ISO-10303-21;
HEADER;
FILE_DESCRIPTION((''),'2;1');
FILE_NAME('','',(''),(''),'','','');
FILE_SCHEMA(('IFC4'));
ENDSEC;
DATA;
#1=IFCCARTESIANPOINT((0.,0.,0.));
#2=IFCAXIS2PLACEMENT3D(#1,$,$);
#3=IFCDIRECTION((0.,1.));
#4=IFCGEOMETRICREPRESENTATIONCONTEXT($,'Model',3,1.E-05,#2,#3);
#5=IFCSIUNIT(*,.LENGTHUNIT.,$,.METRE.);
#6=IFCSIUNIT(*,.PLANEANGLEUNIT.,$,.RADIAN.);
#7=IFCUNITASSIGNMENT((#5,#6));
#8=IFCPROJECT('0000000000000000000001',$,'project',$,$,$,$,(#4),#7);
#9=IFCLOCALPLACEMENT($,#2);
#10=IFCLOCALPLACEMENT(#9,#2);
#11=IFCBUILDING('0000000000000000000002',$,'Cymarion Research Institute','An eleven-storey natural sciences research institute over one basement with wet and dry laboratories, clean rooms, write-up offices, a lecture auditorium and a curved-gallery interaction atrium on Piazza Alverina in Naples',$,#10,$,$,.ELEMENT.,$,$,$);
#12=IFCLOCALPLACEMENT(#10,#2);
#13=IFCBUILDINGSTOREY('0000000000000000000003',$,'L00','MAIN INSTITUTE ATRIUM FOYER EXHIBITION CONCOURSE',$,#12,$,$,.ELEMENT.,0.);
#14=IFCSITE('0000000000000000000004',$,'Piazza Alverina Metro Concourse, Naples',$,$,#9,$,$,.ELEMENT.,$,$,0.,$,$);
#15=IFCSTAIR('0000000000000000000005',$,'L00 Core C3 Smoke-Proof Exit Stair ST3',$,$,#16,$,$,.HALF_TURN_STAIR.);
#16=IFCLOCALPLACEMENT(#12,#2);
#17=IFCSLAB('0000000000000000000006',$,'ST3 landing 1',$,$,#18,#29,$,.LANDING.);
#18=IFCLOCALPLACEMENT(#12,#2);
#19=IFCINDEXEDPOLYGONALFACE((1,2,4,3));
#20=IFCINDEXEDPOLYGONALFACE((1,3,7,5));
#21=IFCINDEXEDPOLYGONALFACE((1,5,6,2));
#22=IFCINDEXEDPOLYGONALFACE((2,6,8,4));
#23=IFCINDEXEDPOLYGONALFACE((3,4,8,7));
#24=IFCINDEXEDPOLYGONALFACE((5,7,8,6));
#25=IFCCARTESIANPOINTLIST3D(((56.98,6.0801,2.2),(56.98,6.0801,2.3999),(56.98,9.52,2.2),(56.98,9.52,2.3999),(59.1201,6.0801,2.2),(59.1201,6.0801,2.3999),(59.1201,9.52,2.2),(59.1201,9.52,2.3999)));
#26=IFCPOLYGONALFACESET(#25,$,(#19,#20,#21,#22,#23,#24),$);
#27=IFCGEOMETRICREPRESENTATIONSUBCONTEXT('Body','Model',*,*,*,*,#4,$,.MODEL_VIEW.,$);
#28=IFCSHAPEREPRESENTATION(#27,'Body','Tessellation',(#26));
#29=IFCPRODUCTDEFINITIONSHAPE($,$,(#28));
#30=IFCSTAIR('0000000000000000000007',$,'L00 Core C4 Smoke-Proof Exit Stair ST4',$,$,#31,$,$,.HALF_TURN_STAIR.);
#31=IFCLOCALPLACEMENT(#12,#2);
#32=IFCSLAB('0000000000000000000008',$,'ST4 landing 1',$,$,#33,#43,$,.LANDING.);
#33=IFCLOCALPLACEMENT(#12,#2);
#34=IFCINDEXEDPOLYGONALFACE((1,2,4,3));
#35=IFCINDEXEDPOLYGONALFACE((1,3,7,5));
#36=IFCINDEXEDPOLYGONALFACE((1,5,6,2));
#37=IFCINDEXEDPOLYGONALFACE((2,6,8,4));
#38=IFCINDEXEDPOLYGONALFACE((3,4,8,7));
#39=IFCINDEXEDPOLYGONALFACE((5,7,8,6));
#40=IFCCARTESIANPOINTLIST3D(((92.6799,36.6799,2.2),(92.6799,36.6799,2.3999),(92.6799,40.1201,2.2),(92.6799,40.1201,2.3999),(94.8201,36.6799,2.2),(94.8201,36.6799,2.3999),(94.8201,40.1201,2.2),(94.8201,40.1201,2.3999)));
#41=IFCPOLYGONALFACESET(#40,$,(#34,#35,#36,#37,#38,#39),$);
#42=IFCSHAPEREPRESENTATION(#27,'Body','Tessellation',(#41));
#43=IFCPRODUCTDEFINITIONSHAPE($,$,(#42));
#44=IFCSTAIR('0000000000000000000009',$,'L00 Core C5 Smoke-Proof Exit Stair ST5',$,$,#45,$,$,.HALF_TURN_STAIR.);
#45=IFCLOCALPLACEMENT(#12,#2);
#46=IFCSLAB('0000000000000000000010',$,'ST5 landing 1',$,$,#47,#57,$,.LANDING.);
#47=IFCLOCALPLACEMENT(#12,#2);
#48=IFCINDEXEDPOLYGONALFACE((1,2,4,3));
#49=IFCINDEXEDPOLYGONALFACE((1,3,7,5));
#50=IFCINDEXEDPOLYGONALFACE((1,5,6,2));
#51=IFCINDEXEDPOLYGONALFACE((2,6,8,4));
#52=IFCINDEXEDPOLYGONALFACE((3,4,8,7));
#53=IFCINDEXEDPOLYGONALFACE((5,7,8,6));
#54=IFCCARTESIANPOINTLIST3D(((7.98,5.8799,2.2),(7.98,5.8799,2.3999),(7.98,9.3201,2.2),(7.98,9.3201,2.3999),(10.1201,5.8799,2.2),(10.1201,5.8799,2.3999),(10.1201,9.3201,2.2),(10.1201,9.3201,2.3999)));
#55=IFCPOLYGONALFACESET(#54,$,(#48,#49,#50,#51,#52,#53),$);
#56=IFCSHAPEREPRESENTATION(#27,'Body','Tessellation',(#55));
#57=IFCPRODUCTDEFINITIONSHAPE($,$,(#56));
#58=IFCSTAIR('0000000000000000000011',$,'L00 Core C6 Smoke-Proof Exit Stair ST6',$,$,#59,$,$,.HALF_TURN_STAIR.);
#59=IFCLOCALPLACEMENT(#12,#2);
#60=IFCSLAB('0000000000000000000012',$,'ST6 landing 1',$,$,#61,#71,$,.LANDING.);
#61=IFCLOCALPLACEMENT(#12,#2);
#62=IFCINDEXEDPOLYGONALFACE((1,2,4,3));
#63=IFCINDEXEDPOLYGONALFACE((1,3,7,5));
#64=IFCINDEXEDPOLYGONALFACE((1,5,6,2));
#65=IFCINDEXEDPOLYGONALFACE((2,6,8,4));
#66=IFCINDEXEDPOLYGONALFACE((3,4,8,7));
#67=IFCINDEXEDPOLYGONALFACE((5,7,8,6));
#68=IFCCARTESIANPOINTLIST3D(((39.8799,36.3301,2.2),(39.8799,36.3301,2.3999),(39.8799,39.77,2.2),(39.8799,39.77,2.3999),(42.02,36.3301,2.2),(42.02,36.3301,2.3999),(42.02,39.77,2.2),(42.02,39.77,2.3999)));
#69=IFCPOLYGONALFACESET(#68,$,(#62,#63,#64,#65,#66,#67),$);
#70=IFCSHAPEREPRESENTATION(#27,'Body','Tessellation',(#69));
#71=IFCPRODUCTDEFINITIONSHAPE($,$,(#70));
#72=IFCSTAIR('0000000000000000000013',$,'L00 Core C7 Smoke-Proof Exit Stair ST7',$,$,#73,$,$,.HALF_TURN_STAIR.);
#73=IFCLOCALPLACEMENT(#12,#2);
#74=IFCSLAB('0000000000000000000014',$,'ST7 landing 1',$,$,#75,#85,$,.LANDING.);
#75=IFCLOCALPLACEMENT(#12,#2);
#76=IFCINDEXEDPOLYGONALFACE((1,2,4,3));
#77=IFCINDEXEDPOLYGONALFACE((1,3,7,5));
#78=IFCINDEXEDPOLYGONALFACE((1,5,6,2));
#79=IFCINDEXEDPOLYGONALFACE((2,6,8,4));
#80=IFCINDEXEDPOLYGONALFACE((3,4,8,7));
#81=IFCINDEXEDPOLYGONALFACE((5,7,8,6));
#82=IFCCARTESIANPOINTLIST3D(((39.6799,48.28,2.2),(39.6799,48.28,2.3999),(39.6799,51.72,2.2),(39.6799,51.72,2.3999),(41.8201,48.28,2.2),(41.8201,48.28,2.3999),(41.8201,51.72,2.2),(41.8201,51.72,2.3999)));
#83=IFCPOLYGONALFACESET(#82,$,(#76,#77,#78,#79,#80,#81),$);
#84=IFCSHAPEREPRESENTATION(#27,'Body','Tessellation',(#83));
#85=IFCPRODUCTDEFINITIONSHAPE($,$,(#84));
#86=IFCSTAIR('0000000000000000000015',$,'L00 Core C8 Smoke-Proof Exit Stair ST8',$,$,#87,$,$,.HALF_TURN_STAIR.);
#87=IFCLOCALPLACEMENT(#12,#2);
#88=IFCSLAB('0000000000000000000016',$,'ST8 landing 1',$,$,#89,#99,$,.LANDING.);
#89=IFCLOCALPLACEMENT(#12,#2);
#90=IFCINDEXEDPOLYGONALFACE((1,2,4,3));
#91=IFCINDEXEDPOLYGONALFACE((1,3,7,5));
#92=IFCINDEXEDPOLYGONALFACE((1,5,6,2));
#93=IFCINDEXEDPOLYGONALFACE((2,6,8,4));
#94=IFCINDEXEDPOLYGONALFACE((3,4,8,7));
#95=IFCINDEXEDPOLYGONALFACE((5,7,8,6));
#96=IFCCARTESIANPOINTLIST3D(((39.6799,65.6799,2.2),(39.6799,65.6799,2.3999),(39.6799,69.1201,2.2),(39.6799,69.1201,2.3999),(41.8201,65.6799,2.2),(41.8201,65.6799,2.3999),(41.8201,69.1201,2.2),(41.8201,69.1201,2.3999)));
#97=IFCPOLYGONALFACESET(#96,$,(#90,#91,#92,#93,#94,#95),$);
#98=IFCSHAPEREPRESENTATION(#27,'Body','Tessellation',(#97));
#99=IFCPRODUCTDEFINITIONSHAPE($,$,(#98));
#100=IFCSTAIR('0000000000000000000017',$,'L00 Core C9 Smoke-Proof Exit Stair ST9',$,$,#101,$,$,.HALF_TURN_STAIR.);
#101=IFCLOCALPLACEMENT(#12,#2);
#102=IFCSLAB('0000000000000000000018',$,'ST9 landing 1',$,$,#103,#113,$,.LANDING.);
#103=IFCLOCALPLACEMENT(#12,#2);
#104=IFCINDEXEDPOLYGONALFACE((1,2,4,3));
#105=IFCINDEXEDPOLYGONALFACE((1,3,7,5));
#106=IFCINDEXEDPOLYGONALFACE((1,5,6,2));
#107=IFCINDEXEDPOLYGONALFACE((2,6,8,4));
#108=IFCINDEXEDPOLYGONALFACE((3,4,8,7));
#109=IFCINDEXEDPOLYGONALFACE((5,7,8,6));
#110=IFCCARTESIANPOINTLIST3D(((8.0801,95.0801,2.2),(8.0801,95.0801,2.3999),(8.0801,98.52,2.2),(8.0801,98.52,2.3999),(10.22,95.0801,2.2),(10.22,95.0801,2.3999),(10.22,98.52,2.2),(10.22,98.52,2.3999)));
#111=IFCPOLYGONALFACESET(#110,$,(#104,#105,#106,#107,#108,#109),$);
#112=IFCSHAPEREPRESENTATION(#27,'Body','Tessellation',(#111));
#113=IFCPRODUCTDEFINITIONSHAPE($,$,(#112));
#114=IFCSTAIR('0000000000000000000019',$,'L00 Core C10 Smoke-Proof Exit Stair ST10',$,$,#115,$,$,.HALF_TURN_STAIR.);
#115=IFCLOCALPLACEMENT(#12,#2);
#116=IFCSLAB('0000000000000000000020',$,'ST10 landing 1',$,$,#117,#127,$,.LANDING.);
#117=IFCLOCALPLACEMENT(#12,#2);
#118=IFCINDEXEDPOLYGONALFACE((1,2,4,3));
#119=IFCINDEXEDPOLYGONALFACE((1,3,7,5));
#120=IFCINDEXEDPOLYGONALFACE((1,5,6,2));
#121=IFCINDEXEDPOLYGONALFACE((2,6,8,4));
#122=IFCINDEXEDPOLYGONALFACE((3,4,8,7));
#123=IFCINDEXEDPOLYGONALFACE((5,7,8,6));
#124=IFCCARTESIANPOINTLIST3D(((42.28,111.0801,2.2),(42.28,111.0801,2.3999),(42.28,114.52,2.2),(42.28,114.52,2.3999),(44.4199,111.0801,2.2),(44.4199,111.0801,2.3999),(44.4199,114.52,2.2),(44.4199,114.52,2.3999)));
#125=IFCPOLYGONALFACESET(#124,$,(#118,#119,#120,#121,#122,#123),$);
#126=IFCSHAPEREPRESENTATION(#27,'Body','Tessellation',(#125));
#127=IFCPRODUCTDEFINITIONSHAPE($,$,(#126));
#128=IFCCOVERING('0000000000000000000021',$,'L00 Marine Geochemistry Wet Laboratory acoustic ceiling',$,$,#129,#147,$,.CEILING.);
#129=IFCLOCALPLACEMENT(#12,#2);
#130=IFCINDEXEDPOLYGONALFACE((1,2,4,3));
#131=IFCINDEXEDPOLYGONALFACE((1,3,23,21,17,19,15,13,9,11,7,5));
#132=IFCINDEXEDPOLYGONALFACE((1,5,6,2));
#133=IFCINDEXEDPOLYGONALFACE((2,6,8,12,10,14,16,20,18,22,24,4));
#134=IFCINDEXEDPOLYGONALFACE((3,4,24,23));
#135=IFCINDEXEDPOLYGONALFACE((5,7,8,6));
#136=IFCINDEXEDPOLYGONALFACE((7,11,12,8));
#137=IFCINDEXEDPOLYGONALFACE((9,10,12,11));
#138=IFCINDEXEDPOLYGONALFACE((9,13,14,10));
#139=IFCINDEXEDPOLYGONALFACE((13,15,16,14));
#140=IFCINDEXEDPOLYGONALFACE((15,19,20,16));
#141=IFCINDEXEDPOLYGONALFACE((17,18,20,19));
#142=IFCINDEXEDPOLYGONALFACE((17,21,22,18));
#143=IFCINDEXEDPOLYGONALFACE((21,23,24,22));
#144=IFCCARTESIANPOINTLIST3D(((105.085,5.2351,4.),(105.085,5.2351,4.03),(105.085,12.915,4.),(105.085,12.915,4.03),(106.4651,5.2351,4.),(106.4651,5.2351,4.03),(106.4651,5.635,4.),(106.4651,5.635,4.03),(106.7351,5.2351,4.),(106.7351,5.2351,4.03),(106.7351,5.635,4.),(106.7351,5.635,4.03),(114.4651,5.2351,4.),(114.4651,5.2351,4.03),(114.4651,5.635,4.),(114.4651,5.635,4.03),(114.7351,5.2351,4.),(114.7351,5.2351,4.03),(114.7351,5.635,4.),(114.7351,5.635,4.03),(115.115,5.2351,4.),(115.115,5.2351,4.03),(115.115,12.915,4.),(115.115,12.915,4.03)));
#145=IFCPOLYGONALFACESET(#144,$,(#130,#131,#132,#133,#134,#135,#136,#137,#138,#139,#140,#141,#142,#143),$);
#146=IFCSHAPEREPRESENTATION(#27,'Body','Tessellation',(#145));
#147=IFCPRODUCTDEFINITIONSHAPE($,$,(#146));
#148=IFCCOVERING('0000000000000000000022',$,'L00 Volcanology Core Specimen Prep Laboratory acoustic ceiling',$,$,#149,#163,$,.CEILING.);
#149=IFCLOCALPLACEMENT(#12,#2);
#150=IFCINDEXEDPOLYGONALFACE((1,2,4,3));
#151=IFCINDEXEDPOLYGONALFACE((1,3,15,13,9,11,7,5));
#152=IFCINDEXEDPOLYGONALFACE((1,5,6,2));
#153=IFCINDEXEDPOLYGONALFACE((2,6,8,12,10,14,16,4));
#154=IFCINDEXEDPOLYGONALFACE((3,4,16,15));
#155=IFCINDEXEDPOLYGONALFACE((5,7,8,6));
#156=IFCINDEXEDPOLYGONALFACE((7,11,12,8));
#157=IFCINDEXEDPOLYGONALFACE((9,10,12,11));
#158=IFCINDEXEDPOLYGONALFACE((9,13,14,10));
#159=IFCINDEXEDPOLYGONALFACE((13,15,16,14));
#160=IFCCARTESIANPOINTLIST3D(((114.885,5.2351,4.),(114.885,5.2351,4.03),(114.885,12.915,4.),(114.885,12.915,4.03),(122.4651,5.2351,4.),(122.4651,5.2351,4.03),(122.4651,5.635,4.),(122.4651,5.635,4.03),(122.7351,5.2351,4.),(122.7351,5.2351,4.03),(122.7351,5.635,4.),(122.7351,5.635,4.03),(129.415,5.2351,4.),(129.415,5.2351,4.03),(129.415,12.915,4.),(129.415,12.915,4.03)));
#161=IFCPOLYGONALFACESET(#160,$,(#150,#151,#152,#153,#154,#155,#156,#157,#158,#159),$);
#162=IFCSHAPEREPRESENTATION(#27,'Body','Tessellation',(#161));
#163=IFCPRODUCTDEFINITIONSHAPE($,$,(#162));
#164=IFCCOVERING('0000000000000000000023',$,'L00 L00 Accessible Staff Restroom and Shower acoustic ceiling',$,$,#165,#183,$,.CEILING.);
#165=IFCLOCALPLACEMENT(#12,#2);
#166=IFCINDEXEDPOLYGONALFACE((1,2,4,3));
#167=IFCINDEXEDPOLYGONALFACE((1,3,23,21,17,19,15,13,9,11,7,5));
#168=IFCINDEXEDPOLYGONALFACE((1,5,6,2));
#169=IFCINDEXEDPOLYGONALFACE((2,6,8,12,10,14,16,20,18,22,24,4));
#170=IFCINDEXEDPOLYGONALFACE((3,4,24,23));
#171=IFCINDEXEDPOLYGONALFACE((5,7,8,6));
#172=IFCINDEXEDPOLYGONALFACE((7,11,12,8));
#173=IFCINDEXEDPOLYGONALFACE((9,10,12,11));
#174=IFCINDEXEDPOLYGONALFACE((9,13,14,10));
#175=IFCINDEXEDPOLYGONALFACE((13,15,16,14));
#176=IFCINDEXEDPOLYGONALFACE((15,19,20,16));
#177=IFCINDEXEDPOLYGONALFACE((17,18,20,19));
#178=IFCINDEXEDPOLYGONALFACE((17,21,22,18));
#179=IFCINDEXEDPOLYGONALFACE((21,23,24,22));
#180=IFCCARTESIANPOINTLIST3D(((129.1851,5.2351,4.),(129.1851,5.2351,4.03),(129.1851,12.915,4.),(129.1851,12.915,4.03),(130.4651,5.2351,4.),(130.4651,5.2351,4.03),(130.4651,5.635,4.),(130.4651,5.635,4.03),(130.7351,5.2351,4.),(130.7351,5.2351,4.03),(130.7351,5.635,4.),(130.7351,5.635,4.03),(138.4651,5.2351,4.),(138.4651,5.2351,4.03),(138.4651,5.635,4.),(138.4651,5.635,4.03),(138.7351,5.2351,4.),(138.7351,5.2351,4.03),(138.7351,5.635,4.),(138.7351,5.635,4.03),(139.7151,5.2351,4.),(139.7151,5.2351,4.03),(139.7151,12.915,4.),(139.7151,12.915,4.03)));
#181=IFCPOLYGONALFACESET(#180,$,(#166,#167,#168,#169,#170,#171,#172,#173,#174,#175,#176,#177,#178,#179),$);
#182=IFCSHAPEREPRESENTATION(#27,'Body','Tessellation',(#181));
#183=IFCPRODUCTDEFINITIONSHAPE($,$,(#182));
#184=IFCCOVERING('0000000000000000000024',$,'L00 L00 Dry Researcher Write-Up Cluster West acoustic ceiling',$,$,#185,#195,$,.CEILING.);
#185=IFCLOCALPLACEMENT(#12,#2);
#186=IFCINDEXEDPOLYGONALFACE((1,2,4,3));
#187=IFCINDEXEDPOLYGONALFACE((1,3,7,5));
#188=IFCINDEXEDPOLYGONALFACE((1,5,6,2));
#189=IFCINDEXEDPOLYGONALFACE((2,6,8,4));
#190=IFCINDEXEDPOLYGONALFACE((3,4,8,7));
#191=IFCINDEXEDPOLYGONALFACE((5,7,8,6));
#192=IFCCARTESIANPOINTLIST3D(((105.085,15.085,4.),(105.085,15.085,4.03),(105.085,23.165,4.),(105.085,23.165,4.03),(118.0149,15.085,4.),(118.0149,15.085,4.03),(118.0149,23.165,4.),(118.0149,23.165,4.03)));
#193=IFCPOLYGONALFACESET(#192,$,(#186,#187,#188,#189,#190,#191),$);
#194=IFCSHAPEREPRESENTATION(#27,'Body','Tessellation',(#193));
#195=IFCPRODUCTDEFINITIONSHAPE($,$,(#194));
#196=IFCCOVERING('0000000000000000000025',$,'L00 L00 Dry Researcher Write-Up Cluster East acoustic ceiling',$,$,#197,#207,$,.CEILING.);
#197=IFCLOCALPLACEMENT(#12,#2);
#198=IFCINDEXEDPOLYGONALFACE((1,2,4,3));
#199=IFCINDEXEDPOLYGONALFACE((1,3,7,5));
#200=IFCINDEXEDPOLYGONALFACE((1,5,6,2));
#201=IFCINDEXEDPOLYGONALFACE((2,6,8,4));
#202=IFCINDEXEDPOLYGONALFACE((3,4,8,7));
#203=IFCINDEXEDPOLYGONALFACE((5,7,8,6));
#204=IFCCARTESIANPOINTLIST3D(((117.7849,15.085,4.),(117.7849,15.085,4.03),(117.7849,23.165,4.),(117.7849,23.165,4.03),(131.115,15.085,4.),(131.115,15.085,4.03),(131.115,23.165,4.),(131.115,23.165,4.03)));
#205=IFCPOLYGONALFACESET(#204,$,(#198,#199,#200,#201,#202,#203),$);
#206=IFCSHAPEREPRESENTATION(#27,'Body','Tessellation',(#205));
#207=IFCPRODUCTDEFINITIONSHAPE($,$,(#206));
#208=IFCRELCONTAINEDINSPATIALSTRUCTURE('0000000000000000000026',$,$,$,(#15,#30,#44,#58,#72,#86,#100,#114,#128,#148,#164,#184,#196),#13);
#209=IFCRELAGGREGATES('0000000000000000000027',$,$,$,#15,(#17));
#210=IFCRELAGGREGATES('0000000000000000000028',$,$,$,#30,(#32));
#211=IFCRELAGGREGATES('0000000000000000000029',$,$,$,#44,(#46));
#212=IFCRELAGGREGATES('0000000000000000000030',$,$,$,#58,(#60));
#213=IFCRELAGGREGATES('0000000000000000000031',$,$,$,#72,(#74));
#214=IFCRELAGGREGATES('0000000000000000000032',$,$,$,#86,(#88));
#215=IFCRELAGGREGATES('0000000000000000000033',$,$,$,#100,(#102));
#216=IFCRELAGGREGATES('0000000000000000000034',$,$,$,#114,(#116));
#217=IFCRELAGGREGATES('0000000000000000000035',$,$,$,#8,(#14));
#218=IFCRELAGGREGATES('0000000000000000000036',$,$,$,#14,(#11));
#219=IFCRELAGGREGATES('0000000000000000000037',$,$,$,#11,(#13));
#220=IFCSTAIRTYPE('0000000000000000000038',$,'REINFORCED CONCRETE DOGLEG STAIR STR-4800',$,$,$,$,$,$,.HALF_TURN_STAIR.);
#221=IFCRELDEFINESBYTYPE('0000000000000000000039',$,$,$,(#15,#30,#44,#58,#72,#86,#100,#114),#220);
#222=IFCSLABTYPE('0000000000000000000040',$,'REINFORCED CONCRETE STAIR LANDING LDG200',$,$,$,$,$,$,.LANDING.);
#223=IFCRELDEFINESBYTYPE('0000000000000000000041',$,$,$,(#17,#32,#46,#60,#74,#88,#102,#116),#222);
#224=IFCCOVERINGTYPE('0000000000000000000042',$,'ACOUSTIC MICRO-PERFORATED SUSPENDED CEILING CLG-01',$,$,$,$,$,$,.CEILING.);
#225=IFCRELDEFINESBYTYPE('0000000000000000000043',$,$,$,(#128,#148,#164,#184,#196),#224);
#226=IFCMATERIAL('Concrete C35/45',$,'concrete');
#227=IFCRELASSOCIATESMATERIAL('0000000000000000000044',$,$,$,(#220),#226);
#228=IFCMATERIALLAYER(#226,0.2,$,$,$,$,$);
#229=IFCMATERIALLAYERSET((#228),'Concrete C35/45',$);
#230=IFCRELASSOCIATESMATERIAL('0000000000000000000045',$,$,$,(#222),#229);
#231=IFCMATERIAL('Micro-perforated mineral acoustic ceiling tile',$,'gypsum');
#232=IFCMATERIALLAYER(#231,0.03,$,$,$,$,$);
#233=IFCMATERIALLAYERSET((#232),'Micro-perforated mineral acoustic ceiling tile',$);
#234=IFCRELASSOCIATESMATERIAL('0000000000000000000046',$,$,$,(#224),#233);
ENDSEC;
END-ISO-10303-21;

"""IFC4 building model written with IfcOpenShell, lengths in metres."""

from ifc_helpers import new_model, si_unit, direction, frame, origin, place, context, subcontext, project, spatial, polyline, outline, extrude, material, layer, layer_set, type_object, element, aggregate, save


model = new_model("IFC4")

# Units and contexts
model_context = context("Model", 3, precision=1e-05, world=origin(), true_north=direction((0.0, 1.0)))
body_context = subcontext(model_context, "Body", "Model", "MODEL_VIEW")
ifc_project = project(units=[si_unit("LENGTHUNIT", "METRE"), si_unit("PLANEANGLEUNIT", "RADIAN")], contexts=[model_context])

# Site, building, storey
site_placement = place(None, origin())
site = spatial("IfcSite", under=ifc_project, at=site_placement, Name="Piazza Alverina Metro Concourse, Naples", CompositionType="ELEMENT", RefElevation=0.0)
building_placement = place(site_placement, origin())
building = spatial("IfcBuilding", under=site, at=building_placement, Name="Cymarion Research Institute", Description="An eleven-storey natural sciences research institute over one basement with wet and dry laboratories, clean rooms, write-up offices, a lecture auditorium and a curved-gallery interaction atrium on Piazza Alverina in Naples", CompositionType="ELEMENT")
storey_placement = place(building_placement, origin())
storey = spatial("IfcBuildingStorey", under=building, at=storey_placement, Name="L00", Description="MAIN INSTITUTE ATRIUM FOYER EXHIBITION CONCOURSE", CompositionType="ELEMENT", Elevation=0.0)

# Stairs, slabs
ifc_material_1 = material(Name="Concrete C35/45", Category="concrete")
stair_type = type_object("IfcStairType", Name="REINFORCED CONCRETE DOGLEG STAIR STR-4800", PredefinedType="HALF_TURN_STAIR", material=ifc_material_1)
stair_1_placement = place(storey_placement, origin())
stair_1 = element("IfcStair", 1, at=stair_1_placement, inside=storey, type_object=stair_type, Name="L00 Core C3 Smoke-Proof Exit Stair ST3", PredefinedType="HALF_TURN_STAIR")
ifc_layer_1 = layer(ifc_material_1, 0.2)
ifc_layer_set_1 = layer_set([ifc_layer_1], Name="Concrete C35/45")
slab_type = type_object("IfcSlabType", Name="REINFORCED CONCRETE STAIR LANDING LDG200", PredefinedType="LANDING", material=ifc_layer_set_1)
slab_1_placement = place(storey_placement, frame((0.0, 0.0, 2.2)))
slab_1 = element("IfcSlab", 2, at=slab_1_placement, type_object=slab_type, Name="ST3 landing 1", PredefinedType="LANDING", context=body_context, shape_type="SweptSolid", body=[
    extrude(outline(polyline([(59.1201, 9.52), (59.1201, 6.0801), (56.98, 6.0801), (56.98, 9.52), (59.1201, 9.52)])), origin(), (0.0, 0.0, 1.0), 0.2),
])
aggregate(stair_1, [slab_1])
stair_2_placement = place(storey_placement, origin())
stair_2 = element("IfcStair", 3, at=stair_2_placement, inside=storey, type_object=stair_type, Name="L00 Core C4 Smoke-Proof Exit Stair ST4", PredefinedType="HALF_TURN_STAIR")
slab_2_placement = place(storey_placement, frame((0.0, 0.0, 2.2)))
slab_2 = element("IfcSlab", 4, at=slab_2_placement, type_object=slab_type, Name="ST4 landing 1", PredefinedType="LANDING", context=body_context, shape_type="SweptSolid", body=[
    extrude(outline(polyline([(92.6799, 36.6799), (92.6799, 40.1201), (94.8201, 40.1201), (94.8201, 36.6799), (92.6799, 36.6799)])), origin(), (0.0, 0.0, 1.0), 0.2),
])
aggregate(stair_2, [slab_2])
stair_3_placement = place(storey_placement, origin())
stair_3 = element("IfcStair", 5, at=stair_3_placement, inside=storey, type_object=stair_type, Name="L00 Core C5 Smoke-Proof Exit Stair ST5", PredefinedType="HALF_TURN_STAIR")
slab_3_placement = place(storey_placement, frame((0.0, 0.0, 2.2)))
slab_3 = element("IfcSlab", 6, at=slab_3_placement, type_object=slab_type, Name="ST5 landing 1", PredefinedType="LANDING", context=body_context, shape_type="SweptSolid", body=[
    extrude(outline(polyline([(10.1201, 9.3201), (10.1201, 5.8799), (7.98, 5.8799), (7.98, 9.3201), (10.1201, 9.3201)])), origin(), (0.0, 0.0, 1.0), 0.2),
])
aggregate(stair_3, [slab_3])
stair_4_placement = place(storey_placement, origin())
stair_4 = element("IfcStair", 7, at=stair_4_placement, inside=storey, type_object=stair_type, Name="L00 Core C6 Smoke-Proof Exit Stair ST6", PredefinedType="HALF_TURN_STAIR")
slab_4_placement = place(storey_placement, frame((0.0, 0.0, 2.2)))
slab_4 = element("IfcSlab", 8, at=slab_4_placement, type_object=slab_type, Name="ST6 landing 1", PredefinedType="LANDING", context=body_context, shape_type="SweptSolid", body=[
    extrude(outline(polyline([(39.8799, 36.3301), (39.8799, 39.77), (42.02, 39.77), (42.02, 36.3301), (39.8799, 36.3301)])), origin(), (0.0, 0.0, 1.0), 0.2),
])
aggregate(stair_4, [slab_4])
stair_5_placement = place(storey_placement, origin())
stair_5 = element("IfcStair", 9, at=stair_5_placement, inside=storey, type_object=stair_type, Name="L00 Core C7 Smoke-Proof Exit Stair ST7", PredefinedType="HALF_TURN_STAIR")
slab_5_placement = place(storey_placement, frame((0.0, 0.0, 2.2)))
slab_5 = element("IfcSlab", 10, at=slab_5_placement, type_object=slab_type, Name="ST7 landing 1", PredefinedType="LANDING", context=body_context, shape_type="SweptSolid", body=[
    extrude(outline(polyline([(39.6799, 48.28), (39.6799, 51.72), (41.8201, 51.72), (41.8201, 48.28), (39.6799, 48.28)])), origin(), (0.0, 0.0, 1.0), 0.2),
])
aggregate(stair_5, [slab_5])
stair_6_placement = place(storey_placement, origin())
stair_6 = element("IfcStair", 11, at=stair_6_placement, inside=storey, type_object=stair_type, Name="L00 Core C8 Smoke-Proof Exit Stair ST8", PredefinedType="HALF_TURN_STAIR")
slab_6_placement = place(storey_placement, frame((0.0, 0.0, 2.2)))
slab_6 = element("IfcSlab", 12, at=slab_6_placement, type_object=slab_type, Name="ST8 landing 1", PredefinedType="LANDING", context=body_context, shape_type="SweptSolid", body=[
    extrude(outline(polyline([(39.6799, 65.6799), (39.6799, 69.1201), (41.8201, 69.1201), (41.8201, 65.6799), (39.6799, 65.6799)])), origin(), (0.0, 0.0, 1.0), 0.2),
])
aggregate(stair_6, [slab_6])
stair_7_placement = place(storey_placement, origin())
stair_7 = element("IfcStair", 13, at=stair_7_placement, inside=storey, type_object=stair_type, Name="L00 Core C9 Smoke-Proof Exit Stair ST9", PredefinedType="HALF_TURN_STAIR")
slab_7_placement = place(storey_placement, frame((0.0, 0.0, 2.2)))
slab_7 = element("IfcSlab", 14, at=slab_7_placement, type_object=slab_type, Name="ST9 landing 1", PredefinedType="LANDING", context=body_context, shape_type="SweptSolid", body=[
    extrude(outline(polyline([(10.22, 98.52), (10.22, 95.0801), (8.0801, 95.0801), (8.0801, 98.52), (10.22, 98.52)])), origin(), (0.0, 0.0, 1.0), 0.2),
])
aggregate(stair_7, [slab_7])
stair_8_placement = place(storey_placement, origin())
stair_8 = element("IfcStair", 15, at=stair_8_placement, inside=storey, type_object=stair_type, Name="L00 Core C10 Smoke-Proof Exit Stair ST10", PredefinedType="HALF_TURN_STAIR")
slab_8_placement = place(storey_placement, frame((0.0, 0.0, 2.2)))
slab_8 = element("IfcSlab", 16, at=slab_8_placement, type_object=slab_type, Name="ST10 landing 1", PredefinedType="LANDING", context=body_context, shape_type="SweptSolid", body=[
    extrude(outline(polyline([(42.28, 111.0801), (42.28, 114.52), (44.4199, 114.52), (44.4199, 111.0801), (42.28, 111.0801)])), origin(), (0.0, 0.0, 1.0), 0.2),
])
aggregate(stair_8, [slab_8])

# Coverings
ifc_material_2 = material(Name="Micro-perforated mineral acoustic ceiling tile", Category="gypsum")
ifc_layer_2 = layer(ifc_material_2, 0.03)
ifc_layer_set_2 = layer_set([ifc_layer_2], Name="Micro-perforated mineral acoustic ceiling tile")
covering_type = type_object("IfcCoveringType", Name="ACOUSTIC MICRO-PERFORATED SUSPENDED CEILING CLG-01", PredefinedType="CEILING", material=ifc_layer_set_2)
covering_1_placement = place(storey_placement, frame((0.0, 0.0, 4.0)))
element("IfcCovering", 17, at=covering_1_placement, inside=storey, type_object=covering_type, Name="L00 Marine Geochemistry Wet Laboratory acoustic ceiling", PredefinedType="CEILING", context=body_context, shape_type="SweptSolid", body=[
    extrude(outline(polyline([(115.115, 12.915), (115.115, 5.2351), (114.7351, 5.2351), (114.7351, 5.635), (114.4651, 5.635), (114.4651, 5.2351), (106.7351, 5.2351), (106.7351, 5.635), (106.4651, 5.635), (106.4651, 5.2351), (105.085, 5.2351), (105.085, 12.915), (115.115, 12.915)])), origin(), (0.0, 0.0, 1.0), 0.03),
])
covering_2_placement = place(storey_placement, frame((0.0, 0.0, 4.0)))
element("IfcCovering", 18, at=covering_2_placement, inside=storey, type_object=covering_type, Name="L00 Volcanology Core Specimen Prep Laboratory acoustic ceiling", PredefinedType="CEILING", context=body_context, shape_type="SweptSolid", body=[
    extrude(outline(polyline([(129.415, 12.915), (129.415, 5.2351), (122.7351, 5.2351), (122.7351, 5.635), (122.4651, 5.635), (122.4651, 5.2351), (114.885, 5.2351), (114.885, 12.915), (129.415, 12.915)])), origin(), (0.0, 0.0, 1.0), 0.03),
])
covering_3_placement = place(storey_placement, frame((0.0, 0.0, 4.0)))
element("IfcCovering", 19, at=covering_3_placement, inside=storey, type_object=covering_type, Name="L00 L00 Accessible Staff Restroom and Shower acoustic ceiling", PredefinedType="CEILING", context=body_context, shape_type="SweptSolid", body=[
    extrude(outline(polyline([(139.7151, 12.915), (139.7151, 5.2351), (138.7351, 5.2351), (138.7351, 5.635), (138.4651, 5.635), (138.4651, 5.2351), (130.7351, 5.2351), (130.7351, 5.635), (130.4651, 5.635), (130.4651, 5.2351), (129.1851, 5.2351), (129.1851, 12.915), (139.7151, 12.915)])), origin(), (0.0, 0.0, 1.0), 0.03),
])
covering_4_placement = place(storey_placement, frame((0.0, 0.0, 4.0)))
element("IfcCovering", 20, at=covering_4_placement, inside=storey, type_object=covering_type, Name="L00 L00 Dry Researcher Write-Up Cluster West acoustic ceiling", PredefinedType="CEILING", context=body_context, shape_type="SweptSolid", body=[
    extrude(outline(polyline([(118.0149, 23.165), (118.0149, 15.085), (105.085, 15.085), (105.085, 23.165), (118.0149, 23.165)])), origin(), (0.0, 0.0, 1.0), 0.03),
])
covering_5_placement = place(storey_placement, frame((0.0, 0.0, 4.0)))
element("IfcCovering", 21, at=covering_5_placement, inside=storey, type_object=covering_type, Name="L00 L00 Dry Researcher Write-Up Cluster East acoustic ceiling", PredefinedType="CEILING", context=body_context, shape_type="SweptSolid", body=[
    extrude(outline(polyline([(131.115, 23.165), (131.115, 15.085), (117.7849, 15.085), (117.7849, 23.165), (131.115, 23.165)])), origin(), (0.0, 0.0, 1.0), 0.03),
])

save(model, "model.ifc")
